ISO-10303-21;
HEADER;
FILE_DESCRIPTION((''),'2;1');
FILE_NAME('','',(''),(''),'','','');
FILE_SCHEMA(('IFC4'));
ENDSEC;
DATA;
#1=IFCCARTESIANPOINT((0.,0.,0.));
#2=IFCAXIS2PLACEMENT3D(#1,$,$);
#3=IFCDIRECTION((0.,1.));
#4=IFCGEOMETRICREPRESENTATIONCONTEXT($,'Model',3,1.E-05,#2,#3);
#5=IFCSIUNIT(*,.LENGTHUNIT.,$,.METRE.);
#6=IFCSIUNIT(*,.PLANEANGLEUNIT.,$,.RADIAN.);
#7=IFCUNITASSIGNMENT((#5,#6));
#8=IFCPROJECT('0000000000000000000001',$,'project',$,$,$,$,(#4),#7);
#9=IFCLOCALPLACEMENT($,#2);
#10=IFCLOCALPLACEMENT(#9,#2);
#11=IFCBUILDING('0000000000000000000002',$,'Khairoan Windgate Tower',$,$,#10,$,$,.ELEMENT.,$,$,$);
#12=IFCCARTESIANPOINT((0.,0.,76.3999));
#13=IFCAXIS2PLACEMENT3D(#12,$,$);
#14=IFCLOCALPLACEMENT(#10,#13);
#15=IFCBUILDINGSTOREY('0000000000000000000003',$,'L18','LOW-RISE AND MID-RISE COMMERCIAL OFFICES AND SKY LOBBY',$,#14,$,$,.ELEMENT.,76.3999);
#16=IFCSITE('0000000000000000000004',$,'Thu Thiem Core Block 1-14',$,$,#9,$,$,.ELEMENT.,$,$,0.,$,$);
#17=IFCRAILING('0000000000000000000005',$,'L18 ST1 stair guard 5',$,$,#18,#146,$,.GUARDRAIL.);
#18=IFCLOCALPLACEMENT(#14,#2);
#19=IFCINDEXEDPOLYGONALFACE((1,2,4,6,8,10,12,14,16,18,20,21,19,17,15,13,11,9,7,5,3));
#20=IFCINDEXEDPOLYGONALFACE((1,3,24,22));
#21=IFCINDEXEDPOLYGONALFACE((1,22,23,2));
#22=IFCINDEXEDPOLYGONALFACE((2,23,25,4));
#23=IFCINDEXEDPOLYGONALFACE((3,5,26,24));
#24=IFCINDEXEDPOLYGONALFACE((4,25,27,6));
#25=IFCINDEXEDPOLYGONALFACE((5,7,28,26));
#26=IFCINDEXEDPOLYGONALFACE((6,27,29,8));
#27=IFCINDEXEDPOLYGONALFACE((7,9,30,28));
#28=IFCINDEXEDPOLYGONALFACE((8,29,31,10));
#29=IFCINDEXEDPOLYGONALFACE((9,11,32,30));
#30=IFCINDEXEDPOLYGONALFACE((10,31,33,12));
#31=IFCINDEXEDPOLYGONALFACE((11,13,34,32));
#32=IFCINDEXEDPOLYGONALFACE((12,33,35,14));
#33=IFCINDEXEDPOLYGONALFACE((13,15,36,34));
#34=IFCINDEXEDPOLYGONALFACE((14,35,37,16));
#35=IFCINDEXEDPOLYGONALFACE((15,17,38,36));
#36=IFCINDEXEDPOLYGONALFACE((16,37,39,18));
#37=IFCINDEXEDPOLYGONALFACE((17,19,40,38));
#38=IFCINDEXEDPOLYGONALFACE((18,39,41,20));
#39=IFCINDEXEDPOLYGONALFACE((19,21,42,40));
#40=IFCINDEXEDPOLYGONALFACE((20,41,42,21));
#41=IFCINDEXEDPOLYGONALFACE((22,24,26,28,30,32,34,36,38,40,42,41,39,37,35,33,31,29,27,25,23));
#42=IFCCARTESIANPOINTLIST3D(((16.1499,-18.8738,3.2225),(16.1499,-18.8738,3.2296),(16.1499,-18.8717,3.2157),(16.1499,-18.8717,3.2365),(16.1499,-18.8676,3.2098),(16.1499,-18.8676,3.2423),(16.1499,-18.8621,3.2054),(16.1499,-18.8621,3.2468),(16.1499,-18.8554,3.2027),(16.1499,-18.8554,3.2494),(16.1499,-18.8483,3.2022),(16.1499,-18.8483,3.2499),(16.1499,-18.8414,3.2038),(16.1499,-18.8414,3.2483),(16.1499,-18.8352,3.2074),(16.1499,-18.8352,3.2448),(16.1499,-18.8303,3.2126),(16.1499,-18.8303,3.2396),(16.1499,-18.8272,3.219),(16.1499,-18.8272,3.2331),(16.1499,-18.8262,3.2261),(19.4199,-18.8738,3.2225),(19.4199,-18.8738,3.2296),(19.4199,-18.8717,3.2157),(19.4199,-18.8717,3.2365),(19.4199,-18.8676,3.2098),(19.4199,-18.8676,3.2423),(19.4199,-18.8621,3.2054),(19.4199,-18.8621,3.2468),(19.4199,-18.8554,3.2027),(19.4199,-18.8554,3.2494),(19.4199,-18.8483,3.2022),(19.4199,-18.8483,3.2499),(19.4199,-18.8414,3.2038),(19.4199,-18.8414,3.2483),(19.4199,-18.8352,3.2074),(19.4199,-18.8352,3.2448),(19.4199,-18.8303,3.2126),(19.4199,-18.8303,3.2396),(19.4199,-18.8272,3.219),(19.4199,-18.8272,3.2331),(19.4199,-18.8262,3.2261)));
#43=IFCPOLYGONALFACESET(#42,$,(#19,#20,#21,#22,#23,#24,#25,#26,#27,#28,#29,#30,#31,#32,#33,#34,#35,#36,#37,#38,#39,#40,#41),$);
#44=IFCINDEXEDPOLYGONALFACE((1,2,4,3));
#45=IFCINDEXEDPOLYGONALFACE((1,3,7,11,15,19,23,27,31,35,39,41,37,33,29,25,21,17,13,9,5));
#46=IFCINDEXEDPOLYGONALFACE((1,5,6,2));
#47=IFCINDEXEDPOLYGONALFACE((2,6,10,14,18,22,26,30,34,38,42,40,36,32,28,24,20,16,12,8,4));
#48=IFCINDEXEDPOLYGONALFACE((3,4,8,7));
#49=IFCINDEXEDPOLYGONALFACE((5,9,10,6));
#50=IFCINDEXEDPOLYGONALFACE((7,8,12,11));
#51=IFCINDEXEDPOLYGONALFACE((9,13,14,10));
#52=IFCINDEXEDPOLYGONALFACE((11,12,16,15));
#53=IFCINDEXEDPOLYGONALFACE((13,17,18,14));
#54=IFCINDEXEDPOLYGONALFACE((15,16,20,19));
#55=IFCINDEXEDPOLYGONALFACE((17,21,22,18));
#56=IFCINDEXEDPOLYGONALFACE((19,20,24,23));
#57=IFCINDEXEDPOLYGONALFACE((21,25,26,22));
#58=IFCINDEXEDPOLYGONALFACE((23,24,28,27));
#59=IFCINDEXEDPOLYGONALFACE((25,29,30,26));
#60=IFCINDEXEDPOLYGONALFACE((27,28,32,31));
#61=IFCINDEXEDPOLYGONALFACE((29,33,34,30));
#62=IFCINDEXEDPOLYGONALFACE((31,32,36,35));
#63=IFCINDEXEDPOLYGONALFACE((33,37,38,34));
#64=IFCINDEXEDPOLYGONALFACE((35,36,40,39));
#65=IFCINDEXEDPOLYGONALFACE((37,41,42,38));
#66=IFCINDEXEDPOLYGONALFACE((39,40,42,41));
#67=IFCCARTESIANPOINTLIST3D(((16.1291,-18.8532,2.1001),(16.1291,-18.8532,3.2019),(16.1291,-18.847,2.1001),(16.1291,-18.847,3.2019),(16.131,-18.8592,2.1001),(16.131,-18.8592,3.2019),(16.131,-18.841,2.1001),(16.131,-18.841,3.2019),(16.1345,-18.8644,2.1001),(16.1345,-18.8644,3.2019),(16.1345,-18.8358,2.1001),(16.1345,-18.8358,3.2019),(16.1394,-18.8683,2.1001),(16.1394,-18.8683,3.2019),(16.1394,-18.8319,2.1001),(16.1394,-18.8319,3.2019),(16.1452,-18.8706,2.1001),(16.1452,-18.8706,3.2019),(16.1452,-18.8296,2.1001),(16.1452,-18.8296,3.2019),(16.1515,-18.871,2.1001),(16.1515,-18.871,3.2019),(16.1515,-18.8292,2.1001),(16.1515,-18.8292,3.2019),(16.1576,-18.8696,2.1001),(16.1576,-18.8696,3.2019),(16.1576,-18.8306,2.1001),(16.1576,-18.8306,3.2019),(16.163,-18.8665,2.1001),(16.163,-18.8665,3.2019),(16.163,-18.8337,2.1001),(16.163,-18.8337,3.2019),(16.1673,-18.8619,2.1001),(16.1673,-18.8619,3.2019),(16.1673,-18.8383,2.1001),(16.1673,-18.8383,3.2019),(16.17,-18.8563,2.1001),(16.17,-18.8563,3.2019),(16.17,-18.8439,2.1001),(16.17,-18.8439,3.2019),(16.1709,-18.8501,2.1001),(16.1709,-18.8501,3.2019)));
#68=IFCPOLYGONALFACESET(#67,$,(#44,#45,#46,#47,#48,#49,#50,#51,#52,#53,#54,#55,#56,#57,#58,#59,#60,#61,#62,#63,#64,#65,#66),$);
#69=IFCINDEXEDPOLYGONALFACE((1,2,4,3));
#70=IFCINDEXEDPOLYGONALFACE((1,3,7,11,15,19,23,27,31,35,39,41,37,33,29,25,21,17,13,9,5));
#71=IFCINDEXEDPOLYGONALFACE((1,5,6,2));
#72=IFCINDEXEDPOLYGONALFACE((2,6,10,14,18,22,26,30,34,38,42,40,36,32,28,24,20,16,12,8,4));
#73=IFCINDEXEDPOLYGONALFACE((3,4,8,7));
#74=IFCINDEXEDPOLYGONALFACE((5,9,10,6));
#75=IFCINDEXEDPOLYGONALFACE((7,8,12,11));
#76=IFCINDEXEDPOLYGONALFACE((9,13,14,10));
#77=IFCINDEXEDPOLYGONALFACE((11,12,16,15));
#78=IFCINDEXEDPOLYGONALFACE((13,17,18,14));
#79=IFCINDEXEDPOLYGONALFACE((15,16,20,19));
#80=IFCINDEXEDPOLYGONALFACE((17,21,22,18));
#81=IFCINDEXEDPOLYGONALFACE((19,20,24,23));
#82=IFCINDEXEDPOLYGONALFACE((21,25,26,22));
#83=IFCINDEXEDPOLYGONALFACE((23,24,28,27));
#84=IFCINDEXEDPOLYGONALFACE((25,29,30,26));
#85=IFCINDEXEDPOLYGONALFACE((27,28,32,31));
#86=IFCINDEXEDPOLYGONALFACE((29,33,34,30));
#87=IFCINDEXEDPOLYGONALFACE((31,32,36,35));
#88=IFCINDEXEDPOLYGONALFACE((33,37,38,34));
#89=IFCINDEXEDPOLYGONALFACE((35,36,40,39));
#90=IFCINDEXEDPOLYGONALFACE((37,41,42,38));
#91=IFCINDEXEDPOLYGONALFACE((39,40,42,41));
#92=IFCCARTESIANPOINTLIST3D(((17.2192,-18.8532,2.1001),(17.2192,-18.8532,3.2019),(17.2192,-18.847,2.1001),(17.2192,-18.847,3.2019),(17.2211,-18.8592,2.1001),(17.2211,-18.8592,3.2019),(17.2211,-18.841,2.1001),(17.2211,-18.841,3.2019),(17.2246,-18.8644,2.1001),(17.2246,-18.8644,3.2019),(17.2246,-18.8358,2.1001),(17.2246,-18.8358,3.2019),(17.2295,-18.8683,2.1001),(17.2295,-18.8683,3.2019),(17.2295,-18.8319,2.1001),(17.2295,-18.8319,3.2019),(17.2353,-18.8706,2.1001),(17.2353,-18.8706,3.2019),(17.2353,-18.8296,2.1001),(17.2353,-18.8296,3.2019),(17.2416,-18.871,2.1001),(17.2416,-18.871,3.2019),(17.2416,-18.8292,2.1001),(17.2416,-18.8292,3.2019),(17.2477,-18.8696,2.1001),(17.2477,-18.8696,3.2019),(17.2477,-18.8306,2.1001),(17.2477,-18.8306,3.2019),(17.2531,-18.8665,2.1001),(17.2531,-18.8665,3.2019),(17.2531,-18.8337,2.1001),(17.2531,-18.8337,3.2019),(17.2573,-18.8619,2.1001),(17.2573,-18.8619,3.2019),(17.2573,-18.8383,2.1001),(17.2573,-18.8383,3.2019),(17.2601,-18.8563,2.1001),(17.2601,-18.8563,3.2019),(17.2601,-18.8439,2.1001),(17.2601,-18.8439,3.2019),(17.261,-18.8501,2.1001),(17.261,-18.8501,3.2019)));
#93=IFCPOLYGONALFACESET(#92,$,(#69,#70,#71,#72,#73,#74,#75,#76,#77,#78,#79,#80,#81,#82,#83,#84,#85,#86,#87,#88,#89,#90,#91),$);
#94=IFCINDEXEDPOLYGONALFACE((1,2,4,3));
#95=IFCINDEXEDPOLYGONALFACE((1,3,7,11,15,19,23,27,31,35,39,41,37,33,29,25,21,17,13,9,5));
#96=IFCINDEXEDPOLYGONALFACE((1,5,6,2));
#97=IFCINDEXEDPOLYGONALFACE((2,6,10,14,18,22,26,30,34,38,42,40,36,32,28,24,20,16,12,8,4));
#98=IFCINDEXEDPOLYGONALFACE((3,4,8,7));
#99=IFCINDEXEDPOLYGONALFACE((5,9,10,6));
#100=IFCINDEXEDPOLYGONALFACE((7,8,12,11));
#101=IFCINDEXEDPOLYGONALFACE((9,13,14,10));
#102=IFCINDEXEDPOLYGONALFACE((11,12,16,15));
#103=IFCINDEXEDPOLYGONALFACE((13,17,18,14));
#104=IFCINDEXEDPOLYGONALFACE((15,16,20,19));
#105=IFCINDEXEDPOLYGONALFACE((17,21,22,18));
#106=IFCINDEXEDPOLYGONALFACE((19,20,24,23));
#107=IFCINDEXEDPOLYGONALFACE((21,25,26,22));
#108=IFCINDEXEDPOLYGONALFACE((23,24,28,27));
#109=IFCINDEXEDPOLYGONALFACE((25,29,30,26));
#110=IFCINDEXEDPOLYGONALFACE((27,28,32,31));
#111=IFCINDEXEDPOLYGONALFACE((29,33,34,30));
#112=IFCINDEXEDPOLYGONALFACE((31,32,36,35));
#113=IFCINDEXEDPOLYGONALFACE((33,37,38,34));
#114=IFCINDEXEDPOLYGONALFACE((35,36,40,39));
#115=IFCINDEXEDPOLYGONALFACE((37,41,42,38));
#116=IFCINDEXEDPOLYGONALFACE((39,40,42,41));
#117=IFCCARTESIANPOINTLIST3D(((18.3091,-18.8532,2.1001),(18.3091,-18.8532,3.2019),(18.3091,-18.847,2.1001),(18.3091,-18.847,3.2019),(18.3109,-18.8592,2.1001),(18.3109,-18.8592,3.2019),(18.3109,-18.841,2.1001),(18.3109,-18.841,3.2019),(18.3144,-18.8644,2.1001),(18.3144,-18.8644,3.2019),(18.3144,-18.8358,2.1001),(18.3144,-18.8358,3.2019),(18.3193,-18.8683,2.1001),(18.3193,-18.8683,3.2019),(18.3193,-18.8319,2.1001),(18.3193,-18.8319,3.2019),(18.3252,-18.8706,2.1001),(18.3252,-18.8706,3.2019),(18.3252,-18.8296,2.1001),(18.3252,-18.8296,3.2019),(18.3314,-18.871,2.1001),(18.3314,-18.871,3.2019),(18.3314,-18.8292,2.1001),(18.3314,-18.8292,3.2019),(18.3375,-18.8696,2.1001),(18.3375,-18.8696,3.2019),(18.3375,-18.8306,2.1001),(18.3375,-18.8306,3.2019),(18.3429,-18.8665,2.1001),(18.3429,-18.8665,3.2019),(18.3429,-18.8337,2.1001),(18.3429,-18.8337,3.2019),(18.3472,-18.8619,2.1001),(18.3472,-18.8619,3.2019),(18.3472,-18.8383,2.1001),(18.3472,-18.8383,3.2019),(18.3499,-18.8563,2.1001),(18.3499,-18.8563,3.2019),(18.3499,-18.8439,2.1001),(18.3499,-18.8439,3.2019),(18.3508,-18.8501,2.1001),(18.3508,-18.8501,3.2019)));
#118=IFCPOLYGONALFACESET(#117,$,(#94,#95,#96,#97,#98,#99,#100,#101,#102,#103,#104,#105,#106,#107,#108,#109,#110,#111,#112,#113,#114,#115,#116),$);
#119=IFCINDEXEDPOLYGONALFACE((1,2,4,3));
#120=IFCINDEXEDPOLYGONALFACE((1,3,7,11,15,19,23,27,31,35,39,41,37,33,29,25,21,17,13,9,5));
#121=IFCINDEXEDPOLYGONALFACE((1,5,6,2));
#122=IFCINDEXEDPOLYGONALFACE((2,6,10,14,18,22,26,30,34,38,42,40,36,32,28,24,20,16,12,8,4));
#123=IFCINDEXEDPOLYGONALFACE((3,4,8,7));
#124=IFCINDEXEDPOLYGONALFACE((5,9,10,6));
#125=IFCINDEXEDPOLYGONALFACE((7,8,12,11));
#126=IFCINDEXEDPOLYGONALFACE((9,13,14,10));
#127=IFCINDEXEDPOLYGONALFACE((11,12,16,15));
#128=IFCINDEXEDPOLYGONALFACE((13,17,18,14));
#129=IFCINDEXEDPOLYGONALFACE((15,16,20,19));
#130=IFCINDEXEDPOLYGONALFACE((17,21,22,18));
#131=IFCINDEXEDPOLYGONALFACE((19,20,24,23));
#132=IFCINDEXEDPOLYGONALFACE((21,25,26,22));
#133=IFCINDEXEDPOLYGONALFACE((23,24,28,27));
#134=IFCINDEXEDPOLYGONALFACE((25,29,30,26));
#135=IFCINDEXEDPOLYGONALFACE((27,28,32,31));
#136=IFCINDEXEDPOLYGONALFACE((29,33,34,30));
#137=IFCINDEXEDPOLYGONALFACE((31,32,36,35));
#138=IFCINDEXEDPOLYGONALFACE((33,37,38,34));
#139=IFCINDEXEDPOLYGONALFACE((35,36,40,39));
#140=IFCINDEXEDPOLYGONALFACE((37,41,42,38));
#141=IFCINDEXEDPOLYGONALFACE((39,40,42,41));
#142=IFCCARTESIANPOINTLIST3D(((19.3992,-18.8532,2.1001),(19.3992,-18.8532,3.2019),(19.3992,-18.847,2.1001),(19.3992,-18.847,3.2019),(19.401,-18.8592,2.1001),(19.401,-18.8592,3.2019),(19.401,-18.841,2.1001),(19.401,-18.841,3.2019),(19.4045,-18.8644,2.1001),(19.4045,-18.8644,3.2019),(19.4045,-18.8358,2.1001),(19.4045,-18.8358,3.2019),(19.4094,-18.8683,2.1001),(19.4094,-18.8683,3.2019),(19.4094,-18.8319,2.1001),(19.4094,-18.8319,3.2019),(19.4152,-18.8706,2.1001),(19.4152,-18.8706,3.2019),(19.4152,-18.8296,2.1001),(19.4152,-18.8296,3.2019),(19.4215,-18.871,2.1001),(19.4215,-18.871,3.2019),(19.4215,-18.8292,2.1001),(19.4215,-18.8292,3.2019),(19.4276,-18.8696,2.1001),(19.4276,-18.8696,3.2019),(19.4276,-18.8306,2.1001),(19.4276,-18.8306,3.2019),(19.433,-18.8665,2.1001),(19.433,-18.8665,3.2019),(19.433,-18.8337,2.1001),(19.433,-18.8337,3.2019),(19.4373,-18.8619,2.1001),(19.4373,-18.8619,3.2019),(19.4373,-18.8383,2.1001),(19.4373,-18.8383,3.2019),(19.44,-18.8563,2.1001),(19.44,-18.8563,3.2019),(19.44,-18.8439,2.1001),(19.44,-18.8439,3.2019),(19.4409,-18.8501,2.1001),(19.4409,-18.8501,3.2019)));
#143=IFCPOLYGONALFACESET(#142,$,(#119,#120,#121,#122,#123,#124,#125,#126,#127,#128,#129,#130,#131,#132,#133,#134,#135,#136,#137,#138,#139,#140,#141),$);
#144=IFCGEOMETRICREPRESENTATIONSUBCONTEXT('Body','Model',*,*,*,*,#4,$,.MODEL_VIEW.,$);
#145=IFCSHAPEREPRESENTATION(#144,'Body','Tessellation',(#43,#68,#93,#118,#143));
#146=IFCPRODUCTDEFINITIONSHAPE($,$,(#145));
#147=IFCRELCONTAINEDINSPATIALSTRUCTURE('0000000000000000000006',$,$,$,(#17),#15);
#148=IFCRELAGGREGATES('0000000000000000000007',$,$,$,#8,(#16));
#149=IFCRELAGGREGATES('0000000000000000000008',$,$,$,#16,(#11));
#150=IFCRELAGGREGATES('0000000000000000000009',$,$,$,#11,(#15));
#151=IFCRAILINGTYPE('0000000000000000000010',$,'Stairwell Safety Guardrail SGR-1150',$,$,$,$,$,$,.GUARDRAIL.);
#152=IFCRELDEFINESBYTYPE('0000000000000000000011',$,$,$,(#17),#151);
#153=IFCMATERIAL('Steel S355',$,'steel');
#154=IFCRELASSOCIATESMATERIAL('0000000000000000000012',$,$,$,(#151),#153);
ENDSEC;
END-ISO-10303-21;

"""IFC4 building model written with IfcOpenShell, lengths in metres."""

from ifc_helpers import new_model, si_unit, direction, frame, origin, origin_2d, place, context, subcontext, project, spatial, circle, extrude, material, type_object, element, save


model = new_model("IFC4")

# Units and contexts
model_context = context("Model", 3, precision=1e-05, world=origin(), true_north=direction((0.0, 1.0)))
body_context = subcontext(model_context, "Body", "Model", "MODEL_VIEW")
ifc_project = project(units=[si_unit("LENGTHUNIT", "METRE"), si_unit("PLANEANGLEUNIT", "RADIAN")], contexts=[model_context])

# Site, building, storey
site_placement = place(None, origin())
site = spatial("IfcSite", under=ifc_project, at=site_placement, Name="Thu Thiem Core Block 1-14", CompositionType="ELEMENT", RefElevation=0.0)
building_placement = place(site_placement, origin())
building = spatial("IfcBuilding", under=site, at=building_placement, Name="Khairoan Windgate Tower", CompositionType="ELEMENT")
storey_placement = place(building_placement, frame((0.0, 0.0, 76.3999)))
storey = spatial("IfcBuildingStorey", under=building, at=storey_placement, Name="L18", Description="LOW-RISE AND MID-RISE COMMERCIAL OFFICES AND SKY LOBBY", CompositionType="ELEMENT", Elevation=76.3999)

# Railing
ifc_material_1 = material(Name="Steel S355", Category="steel")
railing_type = type_object("IfcRailingType", Name="Stairwell Safety Guardrail SGR-1150", PredefinedType="GUARDRAIL", material=ifc_material_1)
railing_1_placement = place(storey_placement, frame((16.1499, -18.8501, 2.1001)))
element("IfcRailing", 1, at=railing_1_placement, inside=storey, type_object=railing_type, Name="L18 ST1 stair guard 5", PredefinedType="GUARDRAIL", context=body_context, shape_type="SweptSolid", body=[
    extrude(circle(Radius=0.0239, at=origin_2d()), frame((0.0, 0.0, 1.126), z_axis=(1.0, 0.0, 0.0), x_axis=(0.0, 1.0, 0.0)), (0.0, 0.0, 1.0), 3.27),
    extrude(circle(Radius=0.021, at=origin_2d()), origin(), (0.0, 0.0, 1.0), 1.1018),
    extrude(circle(Radius=0.021, at=origin_2d()), frame((1.0901, 0.0, 0.0)), (0.0, 0.0, 1.0), 1.1018),
    extrude(circle(Radius=0.021, at=origin_2d()), frame((2.1799, 0.0, 0.0)), (0.0, 0.0, 1.0), 1.1018),
    extrude(circle(Radius=0.021, at=origin_2d()), frame((3.27, 0.0, 0.0)), (0.0, 0.0, 1.0), 1.1018),
])

save(model, "model.ifc")
